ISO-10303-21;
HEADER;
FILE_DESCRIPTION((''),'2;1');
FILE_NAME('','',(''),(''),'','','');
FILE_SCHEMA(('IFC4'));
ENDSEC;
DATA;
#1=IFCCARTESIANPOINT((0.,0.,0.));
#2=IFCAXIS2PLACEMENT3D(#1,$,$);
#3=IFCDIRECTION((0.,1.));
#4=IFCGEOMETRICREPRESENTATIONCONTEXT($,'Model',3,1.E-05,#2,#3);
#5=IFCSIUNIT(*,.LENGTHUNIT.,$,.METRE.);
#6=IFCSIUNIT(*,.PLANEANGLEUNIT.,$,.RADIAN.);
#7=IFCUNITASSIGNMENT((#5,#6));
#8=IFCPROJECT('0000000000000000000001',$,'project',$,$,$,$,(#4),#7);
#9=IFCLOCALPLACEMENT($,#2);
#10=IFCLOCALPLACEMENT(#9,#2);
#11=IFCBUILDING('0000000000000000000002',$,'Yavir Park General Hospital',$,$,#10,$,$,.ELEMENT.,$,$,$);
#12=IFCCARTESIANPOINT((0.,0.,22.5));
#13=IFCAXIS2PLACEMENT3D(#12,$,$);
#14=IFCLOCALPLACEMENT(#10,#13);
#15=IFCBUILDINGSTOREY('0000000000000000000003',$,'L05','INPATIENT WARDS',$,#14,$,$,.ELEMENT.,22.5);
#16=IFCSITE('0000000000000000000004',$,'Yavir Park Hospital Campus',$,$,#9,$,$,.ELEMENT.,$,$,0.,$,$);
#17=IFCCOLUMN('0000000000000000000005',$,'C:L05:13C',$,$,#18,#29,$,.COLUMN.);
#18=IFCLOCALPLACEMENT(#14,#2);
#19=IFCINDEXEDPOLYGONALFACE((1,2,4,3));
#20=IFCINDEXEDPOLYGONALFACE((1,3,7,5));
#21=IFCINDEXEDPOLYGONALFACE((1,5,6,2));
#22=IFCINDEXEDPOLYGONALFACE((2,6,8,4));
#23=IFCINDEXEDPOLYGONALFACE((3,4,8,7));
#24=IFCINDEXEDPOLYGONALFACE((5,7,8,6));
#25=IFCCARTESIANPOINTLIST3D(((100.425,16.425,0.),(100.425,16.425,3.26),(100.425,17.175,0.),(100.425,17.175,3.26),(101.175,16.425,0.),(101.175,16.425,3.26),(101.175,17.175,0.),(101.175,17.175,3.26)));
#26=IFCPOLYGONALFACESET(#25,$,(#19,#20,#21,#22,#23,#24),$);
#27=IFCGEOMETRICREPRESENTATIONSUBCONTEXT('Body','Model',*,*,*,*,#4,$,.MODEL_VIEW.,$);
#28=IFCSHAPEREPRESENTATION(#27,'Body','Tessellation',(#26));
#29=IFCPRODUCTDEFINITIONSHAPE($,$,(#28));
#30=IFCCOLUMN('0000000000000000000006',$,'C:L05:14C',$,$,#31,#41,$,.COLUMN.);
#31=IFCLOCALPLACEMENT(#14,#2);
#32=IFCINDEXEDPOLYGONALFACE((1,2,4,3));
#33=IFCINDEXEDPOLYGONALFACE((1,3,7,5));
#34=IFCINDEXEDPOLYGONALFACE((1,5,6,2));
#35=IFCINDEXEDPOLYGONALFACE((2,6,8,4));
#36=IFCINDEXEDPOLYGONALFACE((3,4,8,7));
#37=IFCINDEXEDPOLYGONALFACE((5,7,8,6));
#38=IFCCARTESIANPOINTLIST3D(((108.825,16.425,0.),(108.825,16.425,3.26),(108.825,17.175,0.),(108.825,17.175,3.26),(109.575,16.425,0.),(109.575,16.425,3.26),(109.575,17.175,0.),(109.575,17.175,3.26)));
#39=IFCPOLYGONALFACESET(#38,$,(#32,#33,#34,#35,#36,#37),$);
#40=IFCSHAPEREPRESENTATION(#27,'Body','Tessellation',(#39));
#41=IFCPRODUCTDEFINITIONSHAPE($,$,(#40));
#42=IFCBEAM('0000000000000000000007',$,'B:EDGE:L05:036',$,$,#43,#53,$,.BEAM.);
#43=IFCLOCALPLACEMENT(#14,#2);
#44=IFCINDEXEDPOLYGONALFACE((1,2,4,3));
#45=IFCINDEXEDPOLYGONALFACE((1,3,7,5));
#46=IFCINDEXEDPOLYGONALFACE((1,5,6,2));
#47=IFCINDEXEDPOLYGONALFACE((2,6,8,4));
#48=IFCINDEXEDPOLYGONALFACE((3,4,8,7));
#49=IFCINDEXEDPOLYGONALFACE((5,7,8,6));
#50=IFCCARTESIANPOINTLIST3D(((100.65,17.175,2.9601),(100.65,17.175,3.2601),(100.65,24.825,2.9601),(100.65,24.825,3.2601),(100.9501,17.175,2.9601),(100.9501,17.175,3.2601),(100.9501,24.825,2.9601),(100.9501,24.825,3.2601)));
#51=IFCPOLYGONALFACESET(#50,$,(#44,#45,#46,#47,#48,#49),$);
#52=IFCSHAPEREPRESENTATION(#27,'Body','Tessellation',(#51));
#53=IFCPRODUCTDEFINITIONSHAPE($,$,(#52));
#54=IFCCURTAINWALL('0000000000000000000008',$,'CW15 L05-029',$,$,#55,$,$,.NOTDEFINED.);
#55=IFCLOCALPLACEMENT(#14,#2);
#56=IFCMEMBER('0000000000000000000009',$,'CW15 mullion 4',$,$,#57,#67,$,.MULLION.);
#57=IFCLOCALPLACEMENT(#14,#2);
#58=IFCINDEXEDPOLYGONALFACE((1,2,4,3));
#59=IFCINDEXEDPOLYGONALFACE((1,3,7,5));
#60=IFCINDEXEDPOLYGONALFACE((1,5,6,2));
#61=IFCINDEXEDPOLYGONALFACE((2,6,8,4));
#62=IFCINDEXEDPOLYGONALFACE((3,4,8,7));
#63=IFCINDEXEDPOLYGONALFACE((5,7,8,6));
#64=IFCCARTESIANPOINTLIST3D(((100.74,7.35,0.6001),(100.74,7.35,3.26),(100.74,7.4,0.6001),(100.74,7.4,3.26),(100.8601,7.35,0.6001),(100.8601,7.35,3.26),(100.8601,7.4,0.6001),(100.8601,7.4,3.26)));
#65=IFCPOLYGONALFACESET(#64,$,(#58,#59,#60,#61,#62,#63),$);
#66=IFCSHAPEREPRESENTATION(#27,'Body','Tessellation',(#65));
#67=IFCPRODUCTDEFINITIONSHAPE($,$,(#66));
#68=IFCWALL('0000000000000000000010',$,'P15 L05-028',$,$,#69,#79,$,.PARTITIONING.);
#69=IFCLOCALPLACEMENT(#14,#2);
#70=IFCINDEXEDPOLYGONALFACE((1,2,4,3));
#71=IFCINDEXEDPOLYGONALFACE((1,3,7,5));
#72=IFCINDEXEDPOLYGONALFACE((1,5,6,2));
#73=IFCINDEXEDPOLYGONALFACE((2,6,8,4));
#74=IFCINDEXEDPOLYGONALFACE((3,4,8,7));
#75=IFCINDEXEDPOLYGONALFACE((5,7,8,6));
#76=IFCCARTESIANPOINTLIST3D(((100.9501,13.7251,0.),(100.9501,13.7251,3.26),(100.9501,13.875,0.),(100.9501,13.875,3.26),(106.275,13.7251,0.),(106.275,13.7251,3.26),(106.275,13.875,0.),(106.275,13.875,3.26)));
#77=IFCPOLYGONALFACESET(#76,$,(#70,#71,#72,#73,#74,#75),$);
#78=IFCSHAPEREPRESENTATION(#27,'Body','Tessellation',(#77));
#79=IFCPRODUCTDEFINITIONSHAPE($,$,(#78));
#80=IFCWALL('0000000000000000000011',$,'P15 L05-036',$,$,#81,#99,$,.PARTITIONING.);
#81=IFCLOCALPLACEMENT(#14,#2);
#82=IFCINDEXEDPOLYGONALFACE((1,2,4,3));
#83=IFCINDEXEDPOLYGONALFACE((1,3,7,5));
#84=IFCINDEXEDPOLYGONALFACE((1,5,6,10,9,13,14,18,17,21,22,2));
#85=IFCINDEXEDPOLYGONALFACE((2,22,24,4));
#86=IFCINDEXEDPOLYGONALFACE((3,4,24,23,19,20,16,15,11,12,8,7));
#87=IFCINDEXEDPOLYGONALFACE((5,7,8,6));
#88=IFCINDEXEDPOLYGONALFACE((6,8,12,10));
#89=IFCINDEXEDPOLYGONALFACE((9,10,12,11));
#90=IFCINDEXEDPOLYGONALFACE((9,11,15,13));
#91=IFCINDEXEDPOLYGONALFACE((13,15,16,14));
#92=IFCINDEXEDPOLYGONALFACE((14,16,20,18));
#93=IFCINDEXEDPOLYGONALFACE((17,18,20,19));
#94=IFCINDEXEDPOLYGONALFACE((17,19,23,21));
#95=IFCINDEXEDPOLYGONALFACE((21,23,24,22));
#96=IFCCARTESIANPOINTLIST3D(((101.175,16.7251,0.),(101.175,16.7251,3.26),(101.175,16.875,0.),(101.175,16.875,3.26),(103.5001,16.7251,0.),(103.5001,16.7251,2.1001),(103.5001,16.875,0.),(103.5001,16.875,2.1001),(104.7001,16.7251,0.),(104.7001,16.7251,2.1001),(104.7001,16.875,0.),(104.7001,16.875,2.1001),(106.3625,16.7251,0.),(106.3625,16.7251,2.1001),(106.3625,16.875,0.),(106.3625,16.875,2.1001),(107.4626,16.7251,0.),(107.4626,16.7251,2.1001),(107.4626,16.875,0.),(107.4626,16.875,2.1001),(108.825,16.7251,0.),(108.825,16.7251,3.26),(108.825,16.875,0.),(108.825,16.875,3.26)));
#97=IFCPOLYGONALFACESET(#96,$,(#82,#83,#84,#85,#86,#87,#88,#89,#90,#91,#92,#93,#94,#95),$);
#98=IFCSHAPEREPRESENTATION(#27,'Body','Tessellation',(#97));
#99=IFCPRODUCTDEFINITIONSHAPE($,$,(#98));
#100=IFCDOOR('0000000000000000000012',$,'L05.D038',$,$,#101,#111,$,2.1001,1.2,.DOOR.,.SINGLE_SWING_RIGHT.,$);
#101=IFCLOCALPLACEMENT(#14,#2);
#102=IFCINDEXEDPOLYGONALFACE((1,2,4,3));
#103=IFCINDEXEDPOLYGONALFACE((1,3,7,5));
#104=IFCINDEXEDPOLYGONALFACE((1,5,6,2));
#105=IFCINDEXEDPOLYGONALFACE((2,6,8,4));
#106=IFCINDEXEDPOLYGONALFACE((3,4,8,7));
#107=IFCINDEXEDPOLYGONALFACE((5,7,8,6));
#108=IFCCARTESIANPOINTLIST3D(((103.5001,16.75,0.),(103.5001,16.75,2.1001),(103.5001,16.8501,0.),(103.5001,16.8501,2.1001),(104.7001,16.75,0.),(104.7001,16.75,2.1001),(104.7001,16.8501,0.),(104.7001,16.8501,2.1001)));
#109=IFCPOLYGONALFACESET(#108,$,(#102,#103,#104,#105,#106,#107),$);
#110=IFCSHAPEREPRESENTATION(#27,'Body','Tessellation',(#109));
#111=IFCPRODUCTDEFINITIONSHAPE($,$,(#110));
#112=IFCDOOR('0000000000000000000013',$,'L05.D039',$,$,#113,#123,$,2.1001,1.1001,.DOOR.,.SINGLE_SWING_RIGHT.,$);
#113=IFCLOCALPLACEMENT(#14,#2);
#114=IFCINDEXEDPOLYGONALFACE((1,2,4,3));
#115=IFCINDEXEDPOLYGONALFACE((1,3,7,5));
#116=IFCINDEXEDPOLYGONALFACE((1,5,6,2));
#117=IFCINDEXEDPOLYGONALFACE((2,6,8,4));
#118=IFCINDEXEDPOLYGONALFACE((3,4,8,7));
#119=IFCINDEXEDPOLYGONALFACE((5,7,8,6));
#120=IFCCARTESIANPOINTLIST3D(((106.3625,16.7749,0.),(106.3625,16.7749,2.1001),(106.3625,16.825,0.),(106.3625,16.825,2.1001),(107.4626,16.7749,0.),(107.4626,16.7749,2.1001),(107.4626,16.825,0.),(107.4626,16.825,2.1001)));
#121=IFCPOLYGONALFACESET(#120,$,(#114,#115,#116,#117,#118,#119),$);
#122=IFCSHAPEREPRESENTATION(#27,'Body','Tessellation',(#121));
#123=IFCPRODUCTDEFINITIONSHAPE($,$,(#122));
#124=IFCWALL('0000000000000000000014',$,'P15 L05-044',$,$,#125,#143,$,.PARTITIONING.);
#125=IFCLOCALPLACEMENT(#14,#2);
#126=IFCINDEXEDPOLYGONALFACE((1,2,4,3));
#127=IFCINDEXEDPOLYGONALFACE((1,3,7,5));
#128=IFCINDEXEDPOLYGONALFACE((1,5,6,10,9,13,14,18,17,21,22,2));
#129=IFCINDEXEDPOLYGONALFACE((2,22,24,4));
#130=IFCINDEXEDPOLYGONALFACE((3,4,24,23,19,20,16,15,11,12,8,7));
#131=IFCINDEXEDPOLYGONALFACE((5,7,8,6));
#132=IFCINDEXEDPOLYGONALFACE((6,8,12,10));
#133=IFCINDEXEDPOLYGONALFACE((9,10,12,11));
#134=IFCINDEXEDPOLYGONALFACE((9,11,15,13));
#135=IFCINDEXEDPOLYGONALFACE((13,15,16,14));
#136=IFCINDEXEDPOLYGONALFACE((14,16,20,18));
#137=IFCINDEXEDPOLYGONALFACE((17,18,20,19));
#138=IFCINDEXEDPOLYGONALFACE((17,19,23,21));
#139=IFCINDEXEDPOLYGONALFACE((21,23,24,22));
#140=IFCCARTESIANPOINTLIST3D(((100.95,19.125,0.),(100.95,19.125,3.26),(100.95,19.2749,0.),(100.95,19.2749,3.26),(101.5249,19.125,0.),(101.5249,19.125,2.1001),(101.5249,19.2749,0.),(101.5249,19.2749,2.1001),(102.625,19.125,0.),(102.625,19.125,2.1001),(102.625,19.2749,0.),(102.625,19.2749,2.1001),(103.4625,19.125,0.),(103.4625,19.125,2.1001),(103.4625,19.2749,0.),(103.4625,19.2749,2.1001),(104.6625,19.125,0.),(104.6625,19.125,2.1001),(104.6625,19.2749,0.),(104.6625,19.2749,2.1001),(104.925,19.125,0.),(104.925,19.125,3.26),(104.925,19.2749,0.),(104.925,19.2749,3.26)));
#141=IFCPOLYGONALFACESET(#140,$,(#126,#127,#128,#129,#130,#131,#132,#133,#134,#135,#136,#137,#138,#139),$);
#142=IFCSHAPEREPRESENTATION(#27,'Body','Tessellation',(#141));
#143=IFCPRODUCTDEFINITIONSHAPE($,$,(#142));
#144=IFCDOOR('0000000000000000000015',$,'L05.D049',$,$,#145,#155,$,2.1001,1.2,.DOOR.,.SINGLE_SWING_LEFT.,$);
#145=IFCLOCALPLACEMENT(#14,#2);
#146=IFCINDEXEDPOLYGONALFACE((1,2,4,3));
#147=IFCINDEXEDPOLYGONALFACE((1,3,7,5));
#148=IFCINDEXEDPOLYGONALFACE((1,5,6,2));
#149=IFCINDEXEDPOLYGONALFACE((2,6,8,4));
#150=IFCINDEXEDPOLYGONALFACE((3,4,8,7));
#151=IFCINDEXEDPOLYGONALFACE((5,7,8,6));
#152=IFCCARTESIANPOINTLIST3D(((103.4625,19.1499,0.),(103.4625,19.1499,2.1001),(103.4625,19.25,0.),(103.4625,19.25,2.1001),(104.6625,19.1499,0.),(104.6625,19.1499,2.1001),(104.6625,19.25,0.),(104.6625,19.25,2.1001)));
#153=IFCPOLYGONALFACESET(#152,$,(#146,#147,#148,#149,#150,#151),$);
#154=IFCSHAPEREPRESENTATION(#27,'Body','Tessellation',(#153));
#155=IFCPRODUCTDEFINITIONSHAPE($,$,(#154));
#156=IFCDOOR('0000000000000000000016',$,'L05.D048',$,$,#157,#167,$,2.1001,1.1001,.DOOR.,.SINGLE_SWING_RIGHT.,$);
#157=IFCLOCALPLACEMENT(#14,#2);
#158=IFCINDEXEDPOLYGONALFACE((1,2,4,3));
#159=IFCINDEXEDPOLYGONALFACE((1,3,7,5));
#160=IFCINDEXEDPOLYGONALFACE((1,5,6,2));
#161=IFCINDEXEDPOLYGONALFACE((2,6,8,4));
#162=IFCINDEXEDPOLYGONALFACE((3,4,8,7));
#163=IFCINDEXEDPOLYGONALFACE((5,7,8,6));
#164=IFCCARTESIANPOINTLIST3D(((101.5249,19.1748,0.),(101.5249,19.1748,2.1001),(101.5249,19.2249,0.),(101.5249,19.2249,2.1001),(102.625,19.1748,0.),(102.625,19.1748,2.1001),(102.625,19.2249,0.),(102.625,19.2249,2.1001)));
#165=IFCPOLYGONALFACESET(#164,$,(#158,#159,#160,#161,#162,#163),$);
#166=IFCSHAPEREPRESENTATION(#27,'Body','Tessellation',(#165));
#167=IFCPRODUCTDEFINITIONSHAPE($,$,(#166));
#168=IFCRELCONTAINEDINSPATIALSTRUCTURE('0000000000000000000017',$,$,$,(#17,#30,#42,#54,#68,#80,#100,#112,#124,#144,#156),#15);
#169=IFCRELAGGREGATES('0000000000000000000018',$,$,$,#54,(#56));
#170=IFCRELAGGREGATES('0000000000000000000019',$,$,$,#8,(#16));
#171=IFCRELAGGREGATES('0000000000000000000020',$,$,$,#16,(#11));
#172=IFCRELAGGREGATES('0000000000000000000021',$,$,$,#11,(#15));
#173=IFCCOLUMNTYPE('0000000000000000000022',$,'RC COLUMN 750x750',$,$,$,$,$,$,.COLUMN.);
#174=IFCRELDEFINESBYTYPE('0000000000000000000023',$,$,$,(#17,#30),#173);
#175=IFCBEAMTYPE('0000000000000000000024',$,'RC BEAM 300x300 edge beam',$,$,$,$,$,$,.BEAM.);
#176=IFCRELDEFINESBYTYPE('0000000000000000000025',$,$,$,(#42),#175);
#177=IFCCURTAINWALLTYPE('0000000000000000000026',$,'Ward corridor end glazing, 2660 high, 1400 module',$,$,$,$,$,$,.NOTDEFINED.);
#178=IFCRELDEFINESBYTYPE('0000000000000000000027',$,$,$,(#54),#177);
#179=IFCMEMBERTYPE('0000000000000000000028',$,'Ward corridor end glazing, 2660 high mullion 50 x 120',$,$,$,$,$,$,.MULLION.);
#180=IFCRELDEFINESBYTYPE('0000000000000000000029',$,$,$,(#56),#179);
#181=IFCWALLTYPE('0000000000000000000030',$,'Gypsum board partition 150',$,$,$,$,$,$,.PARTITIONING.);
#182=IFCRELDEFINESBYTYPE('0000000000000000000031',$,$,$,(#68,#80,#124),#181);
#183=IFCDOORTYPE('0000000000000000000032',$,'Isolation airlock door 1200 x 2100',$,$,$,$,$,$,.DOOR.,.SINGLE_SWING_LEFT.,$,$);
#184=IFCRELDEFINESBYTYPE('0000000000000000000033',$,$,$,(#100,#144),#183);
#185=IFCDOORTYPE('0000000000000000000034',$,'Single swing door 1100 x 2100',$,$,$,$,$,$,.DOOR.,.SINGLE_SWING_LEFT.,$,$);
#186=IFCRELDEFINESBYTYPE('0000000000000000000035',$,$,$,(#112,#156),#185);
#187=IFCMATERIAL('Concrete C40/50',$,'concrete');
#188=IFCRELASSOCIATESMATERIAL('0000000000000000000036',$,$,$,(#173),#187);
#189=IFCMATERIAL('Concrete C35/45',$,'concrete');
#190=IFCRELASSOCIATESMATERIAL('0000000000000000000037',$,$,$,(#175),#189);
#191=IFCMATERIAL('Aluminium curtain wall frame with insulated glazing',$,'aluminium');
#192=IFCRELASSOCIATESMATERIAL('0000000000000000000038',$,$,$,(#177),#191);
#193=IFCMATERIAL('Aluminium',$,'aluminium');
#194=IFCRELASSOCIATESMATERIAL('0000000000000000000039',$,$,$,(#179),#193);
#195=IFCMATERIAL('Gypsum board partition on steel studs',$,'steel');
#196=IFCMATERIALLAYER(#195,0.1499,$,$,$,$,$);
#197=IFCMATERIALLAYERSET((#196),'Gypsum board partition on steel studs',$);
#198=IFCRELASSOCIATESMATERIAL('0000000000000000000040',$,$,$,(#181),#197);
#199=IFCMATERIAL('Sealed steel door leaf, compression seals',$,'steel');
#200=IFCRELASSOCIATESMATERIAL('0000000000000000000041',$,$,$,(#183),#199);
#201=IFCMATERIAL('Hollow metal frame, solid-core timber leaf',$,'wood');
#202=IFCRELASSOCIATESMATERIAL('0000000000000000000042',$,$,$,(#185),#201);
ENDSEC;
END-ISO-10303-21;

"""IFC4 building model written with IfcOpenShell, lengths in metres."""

from ifc_helpers import new_model, si_unit, direction, frame, frame_2d, origin, origin_2d, place, context, subcontext, project, spatial, rectangle, extrude, material, layer, layer_set, material_profile, profile_set, type_object, element, fill, aggregate, save


model = new_model("IFC4")

# Units and contexts
model_context = context("Model", 3, precision=1e-05, world=origin(), true_north=direction((0.0, 1.0)))
body_context = subcontext(model_context, "Body", "Model", "MODEL_VIEW")
ifc_project = project(units=[si_unit("LENGTHUNIT", "METRE"), si_unit("PLANEANGLEUNIT", "RADIAN")], contexts=[model_context])

# Site, building, storey
site_placement = place(None, origin())
site = spatial("IfcSite", under=ifc_project, at=site_placement, Name="Yavir Park Hospital Campus", CompositionType="ELEMENT", RefElevation=0.0)
building_placement = place(site_placement, origin())
building = spatial("IfcBuilding", under=site, at=building_placement, Name="Yavir Park General Hospital", CompositionType="ELEMENT")
storey_placement = place(building_placement, frame((0.0, 0.0, 22.5)))
storey = spatial("IfcBuildingStorey", under=building, at=storey_placement, Name="L05", Description="INPATIENT WARDS", CompositionType="ELEMENT", Elevation=22.5)

# Columns
ifc_material_1 = material(Name="Concrete C40/50", Category="concrete")
ifc_material_profile_1 = material_profile(ifc_material_1, rectangle(XDim=0.75, YDim=0.75, at=origin_2d()), Name="RC750x750")
ifc_profile_set_1 = profile_set([ifc_material_profile_1], Name="Concrete C40/50")
column_type = type_object("IfcColumnType", Name="RC COLUMN 750x750", PredefinedType="COLUMN", material=ifc_profile_set_1)
for number, where, z_axis, x_axis, name in (
    (1, (100.8, 16.8, 0.0), (0.0, 0.0, 1.0), (1.0, 0.0, 0.0), "C:L05:13C"),
    (2, (109.2, 16.8, 0.0), (0.0, 0.0, 1.0), (1.0, 0.0, 0.0), "C:L05:14C"),
):
    element("IfcColumn", number, at=place(storey_placement, frame(where, z_axis=z_axis, x_axis=x_axis)), inside=storey, type_object=column_type, Name=name, PredefinedType="COLUMN", context=body_context, shape_type="SweptSolid", body=[
        extrude(rectangle(XDim=0.75, YDim=0.75, at=origin_2d()), origin(), (0.0, 0.0, 1.0), 3.26),
    ])

# Beam
ifc_material_2 = material(Name="Concrete C35/45", Category="concrete")
ifc_material_profile_2 = material_profile(ifc_material_2, rectangle(XDim=0.3, YDim=0.3, at=origin_2d()), Name="RC300x300")
ifc_profile_set_2 = profile_set([ifc_material_profile_2], Name="Concrete C35/45")
beam_type = type_object("IfcBeamType", Name="RC BEAM 300x300 edge beam", PredefinedType="BEAM", material=ifc_profile_set_2)
beam_placement = place(storey_placement, frame((100.8, 17.175, 3.1101), z_axis=(0.0, 1.0, 0.0), x_axis=(-1.0, 0.0, 0.0)))
element("IfcBeam", 3, at=beam_placement, inside=storey, type_object=beam_type, Name="B:EDGE:L05:036", PredefinedType="BEAM", context=body_context, shape_type="SweptSolid", body=[
    extrude(rectangle(XDim=0.3, YDim=0.3, at=origin_2d()), origin(), (0.0, 0.0, 1.0), 7.6499),
])

# Curtain wall, member
ifc_material_3 = material(Name="Aluminium curtain wall frame with insulated glazing", Category="aluminium")
curtain_wall_type = type_object("IfcCurtainWallType", Name="Ward corridor end glazing, 2660 high, 1400 module", PredefinedType="NOTDEFINED", material=ifc_material_3)
curtain_wall_placement = place(storey_placement, origin())
curtain_wall = element("IfcCurtainWall", 4, at=curtain_wall_placement, inside=storey, type_object=curtain_wall_type, Name="CW15 L05-029", PredefinedType="NOTDEFINED")
ifc_material_4 = material(Name="Aluminium", Category="aluminium")
ifc_material_profile_3 = material_profile(ifc_material_4, rectangle(XDim=0.1201, YDim=0.05, at=origin_2d()), Name="AL 50x120")
ifc_profile_set_3 = profile_set([ifc_material_profile_3], Name="Aluminium")
member_type = type_object("IfcMemberType", Name="Ward corridor end glazing, 2660 high mullion 50 x 120", PredefinedType="MULLION", material=ifc_profile_set_3)
member_placement = place(storey_placement, frame((100.8, 7.375, 0.6001), z_axis=(0.0, 0.0, 1.0), x_axis=(-1.0, 0.0, 0.0)))
member = element("IfcMember", 5, at=member_placement, type_object=member_type, Name="CW15 mullion 4", PredefinedType="MULLION", context=body_context, shape_type="SweptSolid", body=[
    extrude(rectangle(XDim=0.1201, YDim=0.05, at=origin_2d()), origin(), (0.0, 0.0, 1.0), 2.6599),
])
aggregate(curtain_wall, [member])

# Wall
ifc_material_5 = material(Name="Gypsum board partition on steel studs", Category="steel")
ifc_layer_1 = layer(ifc_material_5, 0.1499)
ifc_layer_set_1 = layer_set([ifc_layer_1], Name="Gypsum board partition on steel studs")
wall_type_1 = type_object("IfcWallType", Name="Gypsum board partition 150", PredefinedType="PARTITIONING", material=ifc_layer_set_1)
wall_1_placement = place(storey_placement, frame((100.95, 13.8, 0.0), z_axis=(0.0, 0.0, 1.0), x_axis=(1.0, 0.0, 0.0)))
element("IfcWall", 6, at=wall_1_placement, inside=storey, type_object=wall_type_1, Name="P15 L05-028", PredefinedType="PARTITIONING", context=body_context, shape_type="SweptSolid", body=[
    extrude(rectangle(XDim=5.325, YDim=0.1499, at=frame_2d((2.6626, 0.0))), origin(), (0.0, 0.0, 1.0), 3.26),
])

# Walls, openings, doors
wall_2_placement = place(storey_placement, frame((101.175, 16.8, 0.0), z_axis=(0.0, 0.0, 1.0), x_axis=(1.0, 0.0, 0.0)))
wall_2 = element("IfcWall", 7, at=wall_2_placement, inside=storey, type_object=wall_type_1, Name="P15 L05-036", PredefinedType="PARTITIONING", context=body_context, shape_type="SweptSolid", body=[
    extrude(rectangle(XDim=7.6499, YDim=0.1499, at=frame_2d((3.825, 0.0))), origin(), (0.0, 0.0, 1.0), 3.26),
])
opening_1_placement = place(wall_2_placement, frame((2.325, 0.0, 0.0)))
opening_1 = element("IfcOpeningElement", 8, at=opening_1_placement, cuts=wall_2, PredefinedType="OPENING", context=body_context, shape_type="SweptSolid", body=[
    extrude(rectangle(XDim=1.2, YDim=2.1001, at=frame_2d((0.6001, 1.05))), frame((0.0, 0.085, 0.0), z_axis=(0.0, -1.0, 0.0), x_axis=(1.0, 0.0, 0.0)), (0.0, 0.0, 1.0), 0.1699),
])
opening_2_placement = place(wall_2_placement, frame((5.1875, 0.0, 0.0)))
opening_2 = element("IfcOpeningElement", 9, at=opening_2_placement, cuts=wall_2, PredefinedType="OPENING", context=body_context, shape_type="SweptSolid", body=[
    extrude(rectangle(XDim=1.1001, YDim=2.1001, at=frame_2d((0.55, 1.05))), frame((0.0, 0.085, 0.0), z_axis=(0.0, -1.0, 0.0), x_axis=(1.0, 0.0, 0.0)), (0.0, 0.0, 1.0), 0.1699),
])
ifc_material_6 = material(Name="Sealed steel door leaf, compression seals", Category="steel")
door_type_1 = type_object("IfcDoorType", Name="Isolation airlock door 1200 x 2100", OperationType="SINGLE_SWING_LEFT", PredefinedType="DOOR", material=ifc_material_6)
door_1_placement = place(opening_1_placement, origin())
door_1 = element("IfcDoor", 10, at=door_1_placement, inside=storey, type_object=door_type_1, Name="L05.D038", OperationType="SINGLE_SWING_RIGHT", OverallHeight=2.1001, OverallWidth=1.2, PredefinedType="DOOR", context=body_context, shape_type="SweptSolid", body=[
    extrude(rectangle(XDim=1.2, YDim=2.1001, at=frame_2d((0.6001, 1.05))), frame((0.0, 0.05, 0.0), z_axis=(0.0, -1.0, 0.0), x_axis=(1.0, 0.0, 0.0)), (0.0, 0.0, 1.0), 0.1001),
])
fill(opening_1, door_1)
ifc_material_7 = material(Name="Hollow metal frame, solid-core timber leaf", Category="wood")
door_type_2 = type_object("IfcDoorType", Name="Single swing door 1100 x 2100", OperationType="SINGLE_SWING_LEFT", PredefinedType="DOOR", material=ifc_material_7)
door_2_placement = place(opening_2_placement, origin())
door_2 = element("IfcDoor", 11, at=door_2_placement, inside=storey, type_object=door_type_2, Name="L05.D039", OperationType="SINGLE_SWING_RIGHT", OverallHeight=2.1001, OverallWidth=1.1001, PredefinedType="DOOR", context=body_context, shape_type="SweptSolid", body=[
    extrude(rectangle(XDim=1.1001, YDim=2.1001, at=frame_2d((0.55, 1.05))), frame((0.0, 0.0249, 0.0), z_axis=(0.0, -1.0, 0.0), x_axis=(1.0, 0.0, 0.0)), (0.0, 0.0, 1.0), 0.05),
])
fill(opening_2, door_2)
wall_3_placement = place(storey_placement, frame((100.95, 19.2, 0.0), z_axis=(0.0, 0.0, 1.0), x_axis=(1.0, 0.0, 0.0)))
wall_3 = element("IfcWall", 12, at=wall_3_placement, inside=storey, type_object=wall_type_1, Name="P15 L05-044", PredefinedType="PARTITIONING", context=body_context, shape_type="SweptSolid", body=[
    extrude(rectangle(XDim=3.9751, YDim=0.1499, at=frame_2d((1.9875, 0.0))), origin(), (0.0, 0.0, 1.0), 3.26),
])
opening_3_placement = place(wall_3_placement, frame((0.575, 0.0, 0.0)))
opening_3 = element("IfcOpeningElement", 13, at=opening_3_placement, cuts=wall_3, PredefinedType="OPENING", context=body_context, shape_type="SweptSolid", body=[
    extrude(rectangle(XDim=1.1001, YDim=2.1001, at=frame_2d((0.55, 1.05))), frame((0.0, 0.085, 0.0), z_axis=(0.0, -1.0, 0.0), x_axis=(1.0, 0.0, 0.0)), (0.0, 0.0, 1.0), 0.1699),
])
opening_4_placement = place(wall_3_placement, frame((2.5125, 0.0, 0.0)))
opening_4 = element("IfcOpeningElement", 14, at=opening_4_placement, cuts=wall_3, PredefinedType="OPENING", context=body_context, shape_type="SweptSolid", body=[
    extrude(rectangle(XDim=1.2, YDim=2.1001, at=frame_2d((0.6001, 1.05))), frame((0.0, 0.085, 0.0), z_axis=(0.0, -1.0, 0.0), x_axis=(1.0, 0.0, 0.0)), (0.0, 0.0, 1.0), 0.1699),
])
door_3_placement = place(opening_4_placement, origin())
door_3 = element("IfcDoor", 15, at=door_3_placement, inside=storey, type_object=door_type_1, Name="L05.D049", OperationType="SINGLE_SWING_LEFT", OverallHeight=2.1001, OverallWidth=1.2, PredefinedType="DOOR", context=body_context, shape_type="SweptSolid", body=[
    extrude(rectangle(XDim=1.2, YDim=2.1001, at=frame_2d((0.6001, 1.05))), frame((0.0, 0.05, 0.0), z_axis=(0.0, -1.0, 0.0), x_axis=(1.0, 0.0, 0.0)), (0.0, 0.0, 1.0), 0.1001),
])
fill(opening_4, door_3)
door_4_placement = place(opening_3_placement, origin())
door_4 = element("IfcDoor", 16, at=door_4_placement, inside=storey, type_object=door_type_2, Name="L05.D048", OperationType="SINGLE_SWING_RIGHT", OverallHeight=2.1001, OverallWidth=1.1001, PredefinedType="DOOR", context=body_context, shape_type="SweptSolid", body=[
    extrude(rectangle(XDim=1.1001, YDim=2.1001, at=frame_2d((0.55, 1.05))), frame((0.0, 0.0249, 0.0), z_axis=(0.0, -1.0, 0.0), x_axis=(1.0, 0.0, 0.0)), (0.0, 0.0, 1.0), 0.05),
])
fill(opening_3, door_4)

save(model, "model.ifc")
